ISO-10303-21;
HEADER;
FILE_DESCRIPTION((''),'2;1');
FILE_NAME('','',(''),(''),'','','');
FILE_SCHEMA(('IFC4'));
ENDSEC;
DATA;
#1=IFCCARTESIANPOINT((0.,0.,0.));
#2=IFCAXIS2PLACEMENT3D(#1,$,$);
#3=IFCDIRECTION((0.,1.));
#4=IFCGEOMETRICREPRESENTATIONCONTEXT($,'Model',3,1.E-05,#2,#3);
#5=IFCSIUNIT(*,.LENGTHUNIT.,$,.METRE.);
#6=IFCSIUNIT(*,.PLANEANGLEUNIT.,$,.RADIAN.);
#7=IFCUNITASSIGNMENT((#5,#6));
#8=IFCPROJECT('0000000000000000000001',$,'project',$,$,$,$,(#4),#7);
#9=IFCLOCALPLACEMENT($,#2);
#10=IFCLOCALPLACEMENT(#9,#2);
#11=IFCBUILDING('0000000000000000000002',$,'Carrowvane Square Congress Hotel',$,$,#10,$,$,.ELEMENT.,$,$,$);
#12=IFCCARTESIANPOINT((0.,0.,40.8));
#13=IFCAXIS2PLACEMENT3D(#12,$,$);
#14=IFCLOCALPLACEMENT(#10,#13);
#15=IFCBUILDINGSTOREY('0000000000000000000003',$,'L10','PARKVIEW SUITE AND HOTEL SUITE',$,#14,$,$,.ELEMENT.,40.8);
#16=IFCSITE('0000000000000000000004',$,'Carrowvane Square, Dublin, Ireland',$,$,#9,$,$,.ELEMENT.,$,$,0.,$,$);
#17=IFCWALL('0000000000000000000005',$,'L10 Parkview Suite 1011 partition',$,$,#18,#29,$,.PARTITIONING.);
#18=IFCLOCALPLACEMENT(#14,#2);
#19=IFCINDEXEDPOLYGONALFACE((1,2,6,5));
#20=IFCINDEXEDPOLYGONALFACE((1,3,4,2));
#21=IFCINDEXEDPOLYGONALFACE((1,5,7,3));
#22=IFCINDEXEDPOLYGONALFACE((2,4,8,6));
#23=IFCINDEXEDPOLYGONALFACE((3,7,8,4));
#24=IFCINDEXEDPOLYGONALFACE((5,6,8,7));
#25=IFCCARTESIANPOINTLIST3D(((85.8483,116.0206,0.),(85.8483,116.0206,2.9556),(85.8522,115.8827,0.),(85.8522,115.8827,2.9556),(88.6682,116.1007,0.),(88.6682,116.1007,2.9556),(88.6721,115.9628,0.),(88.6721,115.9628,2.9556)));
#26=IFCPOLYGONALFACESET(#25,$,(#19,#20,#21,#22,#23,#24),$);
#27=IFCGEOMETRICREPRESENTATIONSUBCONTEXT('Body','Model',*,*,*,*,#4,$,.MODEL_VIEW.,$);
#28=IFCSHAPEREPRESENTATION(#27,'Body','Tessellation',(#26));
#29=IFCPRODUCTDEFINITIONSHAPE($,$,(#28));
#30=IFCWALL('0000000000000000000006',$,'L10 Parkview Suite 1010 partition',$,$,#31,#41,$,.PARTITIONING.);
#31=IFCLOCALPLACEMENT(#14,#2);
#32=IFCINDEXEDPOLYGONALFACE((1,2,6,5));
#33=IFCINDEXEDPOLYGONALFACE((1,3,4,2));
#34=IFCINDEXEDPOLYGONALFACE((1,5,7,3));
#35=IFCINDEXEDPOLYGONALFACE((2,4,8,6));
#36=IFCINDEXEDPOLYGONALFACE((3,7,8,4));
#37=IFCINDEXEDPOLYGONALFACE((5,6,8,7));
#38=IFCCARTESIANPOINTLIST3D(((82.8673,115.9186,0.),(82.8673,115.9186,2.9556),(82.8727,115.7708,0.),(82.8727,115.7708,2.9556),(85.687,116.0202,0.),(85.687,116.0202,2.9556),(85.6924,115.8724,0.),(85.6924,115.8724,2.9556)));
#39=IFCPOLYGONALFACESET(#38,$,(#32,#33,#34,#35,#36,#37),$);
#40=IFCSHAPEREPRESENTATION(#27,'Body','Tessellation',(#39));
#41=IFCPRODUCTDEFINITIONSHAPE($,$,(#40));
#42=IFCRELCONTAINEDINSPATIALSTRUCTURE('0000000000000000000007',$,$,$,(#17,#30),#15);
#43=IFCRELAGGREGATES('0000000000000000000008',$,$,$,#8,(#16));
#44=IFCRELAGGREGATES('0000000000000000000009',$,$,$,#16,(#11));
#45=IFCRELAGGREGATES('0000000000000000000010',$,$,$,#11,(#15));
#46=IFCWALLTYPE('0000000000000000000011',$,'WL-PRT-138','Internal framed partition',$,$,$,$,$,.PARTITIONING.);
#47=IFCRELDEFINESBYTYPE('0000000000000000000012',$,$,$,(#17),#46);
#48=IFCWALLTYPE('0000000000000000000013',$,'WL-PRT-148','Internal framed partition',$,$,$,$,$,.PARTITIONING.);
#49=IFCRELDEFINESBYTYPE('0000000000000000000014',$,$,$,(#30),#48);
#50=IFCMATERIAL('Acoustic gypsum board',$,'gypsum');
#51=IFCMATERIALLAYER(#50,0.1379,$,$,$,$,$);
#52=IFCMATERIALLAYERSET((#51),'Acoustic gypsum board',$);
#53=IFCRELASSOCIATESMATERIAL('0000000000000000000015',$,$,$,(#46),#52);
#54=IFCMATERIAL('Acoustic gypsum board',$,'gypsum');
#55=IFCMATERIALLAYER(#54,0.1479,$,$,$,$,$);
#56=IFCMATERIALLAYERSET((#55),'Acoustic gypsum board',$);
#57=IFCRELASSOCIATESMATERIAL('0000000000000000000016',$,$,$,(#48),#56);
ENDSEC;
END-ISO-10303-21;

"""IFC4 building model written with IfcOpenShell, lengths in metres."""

from ifc_helpers import new_model, si_unit, direction, frame, frame_2d, origin, place, context, subcontext, project, spatial, rectangle, extrude, material, layer, layer_set, type_object, element, save


model = new_model("IFC4")

# Units and contexts
model_context = context("Model", 3, precision=1e-05, world=origin(), true_north=direction((0.0, 1.0)))
body_context = subcontext(model_context, "Body", "Model", "MODEL_VIEW")
ifc_project = project(units=[si_unit("LENGTHUNIT", "METRE"), si_unit("PLANEANGLEUNIT", "RADIAN")], contexts=[model_context])

# Site, building, storey
site_placement = place(None, origin())
site = spatial("IfcSite", under=ifc_project, at=site_placement, Name="Carrowvane Square, Dublin, Ireland", CompositionType="ELEMENT", RefElevation=0.0)
building_placement = place(site_placement, origin())
building = spatial("IfcBuilding", under=site, at=building_placement, Name="Carrowvane Square Congress Hotel", CompositionType="ELEMENT")
storey_placement = place(building_placement, frame((0.0, 0.0, 40.8)))
storey = spatial("IfcBuildingStorey", under=building, at=storey_placement, Name="L10", Description="PARKVIEW SUITE AND HOTEL SUITE", CompositionType="ELEMENT", Elevation=40.8)

# Walls
ifc_material_1 = material(Name="Acoustic gypsum board", Category="gypsum")
ifc_layer_1 = layer(ifc_material_1, 0.1379)
ifc_layer_set_1 = layer_set([ifc_layer_1], Name="Acoustic gypsum board")
wall_type_1 = type_object("IfcWallType", Name="WL-PRT-138", Description="Internal framed partition", PredefinedType="PARTITIONING", material=ifc_layer_set_1)
wall_1_placement = place(storey_placement, frame((85.8501, 115.9517, 0.0), z_axis=(0.0, 0.0, 1.0), x_axis=(0.999597, 0.028387, 0.0)))
element("IfcWall", 1, at=wall_1_placement, inside=storey, type_object=wall_type_1, Name="L10 Parkview Suite 1011 partition", PredefinedType="PARTITIONING", context=body_context, shape_type="SweptSolid", body=[
    extrude(rectangle(XDim=2.821, YDim=0.1379, at=frame_2d((1.4106, 0.0))), origin(), (0.0, 0.0, 1.0), 2.9556),
])
ifc_material_2 = material(Name="Acoustic gypsum board", Category="gypsum")
ifc_layer_2 = layer(ifc_material_2, 0.1479)
ifc_layer_set_2 = layer_set([ifc_layer_2], Name="Acoustic gypsum board")
wall_type_2 = type_object("IfcWallType", Name="WL-PRT-148", Description="Internal framed partition", PredefinedType="PARTITIONING", material=ifc_layer_set_2)
wall_2_placement = place(storey_placement, frame((82.8701, 115.8447, 0.0), z_axis=(0.0, 0.0, 1.0), x_axis=(0.999352, 0.035994, 0.0)))
element("IfcWall", 2, at=wall_2_placement, inside=storey, type_object=wall_type_2, Name="L10 Parkview Suite 1010 partition", PredefinedType="PARTITIONING", context=body_context, shape_type="SweptSolid", body=[
    extrude(rectangle(XDim=2.8215, YDim=0.1479, at=frame_2d((1.4106, 0.0))), origin(), (0.0, 0.0, 1.0), 2.9556),
])

save(model, "model.ifc")
